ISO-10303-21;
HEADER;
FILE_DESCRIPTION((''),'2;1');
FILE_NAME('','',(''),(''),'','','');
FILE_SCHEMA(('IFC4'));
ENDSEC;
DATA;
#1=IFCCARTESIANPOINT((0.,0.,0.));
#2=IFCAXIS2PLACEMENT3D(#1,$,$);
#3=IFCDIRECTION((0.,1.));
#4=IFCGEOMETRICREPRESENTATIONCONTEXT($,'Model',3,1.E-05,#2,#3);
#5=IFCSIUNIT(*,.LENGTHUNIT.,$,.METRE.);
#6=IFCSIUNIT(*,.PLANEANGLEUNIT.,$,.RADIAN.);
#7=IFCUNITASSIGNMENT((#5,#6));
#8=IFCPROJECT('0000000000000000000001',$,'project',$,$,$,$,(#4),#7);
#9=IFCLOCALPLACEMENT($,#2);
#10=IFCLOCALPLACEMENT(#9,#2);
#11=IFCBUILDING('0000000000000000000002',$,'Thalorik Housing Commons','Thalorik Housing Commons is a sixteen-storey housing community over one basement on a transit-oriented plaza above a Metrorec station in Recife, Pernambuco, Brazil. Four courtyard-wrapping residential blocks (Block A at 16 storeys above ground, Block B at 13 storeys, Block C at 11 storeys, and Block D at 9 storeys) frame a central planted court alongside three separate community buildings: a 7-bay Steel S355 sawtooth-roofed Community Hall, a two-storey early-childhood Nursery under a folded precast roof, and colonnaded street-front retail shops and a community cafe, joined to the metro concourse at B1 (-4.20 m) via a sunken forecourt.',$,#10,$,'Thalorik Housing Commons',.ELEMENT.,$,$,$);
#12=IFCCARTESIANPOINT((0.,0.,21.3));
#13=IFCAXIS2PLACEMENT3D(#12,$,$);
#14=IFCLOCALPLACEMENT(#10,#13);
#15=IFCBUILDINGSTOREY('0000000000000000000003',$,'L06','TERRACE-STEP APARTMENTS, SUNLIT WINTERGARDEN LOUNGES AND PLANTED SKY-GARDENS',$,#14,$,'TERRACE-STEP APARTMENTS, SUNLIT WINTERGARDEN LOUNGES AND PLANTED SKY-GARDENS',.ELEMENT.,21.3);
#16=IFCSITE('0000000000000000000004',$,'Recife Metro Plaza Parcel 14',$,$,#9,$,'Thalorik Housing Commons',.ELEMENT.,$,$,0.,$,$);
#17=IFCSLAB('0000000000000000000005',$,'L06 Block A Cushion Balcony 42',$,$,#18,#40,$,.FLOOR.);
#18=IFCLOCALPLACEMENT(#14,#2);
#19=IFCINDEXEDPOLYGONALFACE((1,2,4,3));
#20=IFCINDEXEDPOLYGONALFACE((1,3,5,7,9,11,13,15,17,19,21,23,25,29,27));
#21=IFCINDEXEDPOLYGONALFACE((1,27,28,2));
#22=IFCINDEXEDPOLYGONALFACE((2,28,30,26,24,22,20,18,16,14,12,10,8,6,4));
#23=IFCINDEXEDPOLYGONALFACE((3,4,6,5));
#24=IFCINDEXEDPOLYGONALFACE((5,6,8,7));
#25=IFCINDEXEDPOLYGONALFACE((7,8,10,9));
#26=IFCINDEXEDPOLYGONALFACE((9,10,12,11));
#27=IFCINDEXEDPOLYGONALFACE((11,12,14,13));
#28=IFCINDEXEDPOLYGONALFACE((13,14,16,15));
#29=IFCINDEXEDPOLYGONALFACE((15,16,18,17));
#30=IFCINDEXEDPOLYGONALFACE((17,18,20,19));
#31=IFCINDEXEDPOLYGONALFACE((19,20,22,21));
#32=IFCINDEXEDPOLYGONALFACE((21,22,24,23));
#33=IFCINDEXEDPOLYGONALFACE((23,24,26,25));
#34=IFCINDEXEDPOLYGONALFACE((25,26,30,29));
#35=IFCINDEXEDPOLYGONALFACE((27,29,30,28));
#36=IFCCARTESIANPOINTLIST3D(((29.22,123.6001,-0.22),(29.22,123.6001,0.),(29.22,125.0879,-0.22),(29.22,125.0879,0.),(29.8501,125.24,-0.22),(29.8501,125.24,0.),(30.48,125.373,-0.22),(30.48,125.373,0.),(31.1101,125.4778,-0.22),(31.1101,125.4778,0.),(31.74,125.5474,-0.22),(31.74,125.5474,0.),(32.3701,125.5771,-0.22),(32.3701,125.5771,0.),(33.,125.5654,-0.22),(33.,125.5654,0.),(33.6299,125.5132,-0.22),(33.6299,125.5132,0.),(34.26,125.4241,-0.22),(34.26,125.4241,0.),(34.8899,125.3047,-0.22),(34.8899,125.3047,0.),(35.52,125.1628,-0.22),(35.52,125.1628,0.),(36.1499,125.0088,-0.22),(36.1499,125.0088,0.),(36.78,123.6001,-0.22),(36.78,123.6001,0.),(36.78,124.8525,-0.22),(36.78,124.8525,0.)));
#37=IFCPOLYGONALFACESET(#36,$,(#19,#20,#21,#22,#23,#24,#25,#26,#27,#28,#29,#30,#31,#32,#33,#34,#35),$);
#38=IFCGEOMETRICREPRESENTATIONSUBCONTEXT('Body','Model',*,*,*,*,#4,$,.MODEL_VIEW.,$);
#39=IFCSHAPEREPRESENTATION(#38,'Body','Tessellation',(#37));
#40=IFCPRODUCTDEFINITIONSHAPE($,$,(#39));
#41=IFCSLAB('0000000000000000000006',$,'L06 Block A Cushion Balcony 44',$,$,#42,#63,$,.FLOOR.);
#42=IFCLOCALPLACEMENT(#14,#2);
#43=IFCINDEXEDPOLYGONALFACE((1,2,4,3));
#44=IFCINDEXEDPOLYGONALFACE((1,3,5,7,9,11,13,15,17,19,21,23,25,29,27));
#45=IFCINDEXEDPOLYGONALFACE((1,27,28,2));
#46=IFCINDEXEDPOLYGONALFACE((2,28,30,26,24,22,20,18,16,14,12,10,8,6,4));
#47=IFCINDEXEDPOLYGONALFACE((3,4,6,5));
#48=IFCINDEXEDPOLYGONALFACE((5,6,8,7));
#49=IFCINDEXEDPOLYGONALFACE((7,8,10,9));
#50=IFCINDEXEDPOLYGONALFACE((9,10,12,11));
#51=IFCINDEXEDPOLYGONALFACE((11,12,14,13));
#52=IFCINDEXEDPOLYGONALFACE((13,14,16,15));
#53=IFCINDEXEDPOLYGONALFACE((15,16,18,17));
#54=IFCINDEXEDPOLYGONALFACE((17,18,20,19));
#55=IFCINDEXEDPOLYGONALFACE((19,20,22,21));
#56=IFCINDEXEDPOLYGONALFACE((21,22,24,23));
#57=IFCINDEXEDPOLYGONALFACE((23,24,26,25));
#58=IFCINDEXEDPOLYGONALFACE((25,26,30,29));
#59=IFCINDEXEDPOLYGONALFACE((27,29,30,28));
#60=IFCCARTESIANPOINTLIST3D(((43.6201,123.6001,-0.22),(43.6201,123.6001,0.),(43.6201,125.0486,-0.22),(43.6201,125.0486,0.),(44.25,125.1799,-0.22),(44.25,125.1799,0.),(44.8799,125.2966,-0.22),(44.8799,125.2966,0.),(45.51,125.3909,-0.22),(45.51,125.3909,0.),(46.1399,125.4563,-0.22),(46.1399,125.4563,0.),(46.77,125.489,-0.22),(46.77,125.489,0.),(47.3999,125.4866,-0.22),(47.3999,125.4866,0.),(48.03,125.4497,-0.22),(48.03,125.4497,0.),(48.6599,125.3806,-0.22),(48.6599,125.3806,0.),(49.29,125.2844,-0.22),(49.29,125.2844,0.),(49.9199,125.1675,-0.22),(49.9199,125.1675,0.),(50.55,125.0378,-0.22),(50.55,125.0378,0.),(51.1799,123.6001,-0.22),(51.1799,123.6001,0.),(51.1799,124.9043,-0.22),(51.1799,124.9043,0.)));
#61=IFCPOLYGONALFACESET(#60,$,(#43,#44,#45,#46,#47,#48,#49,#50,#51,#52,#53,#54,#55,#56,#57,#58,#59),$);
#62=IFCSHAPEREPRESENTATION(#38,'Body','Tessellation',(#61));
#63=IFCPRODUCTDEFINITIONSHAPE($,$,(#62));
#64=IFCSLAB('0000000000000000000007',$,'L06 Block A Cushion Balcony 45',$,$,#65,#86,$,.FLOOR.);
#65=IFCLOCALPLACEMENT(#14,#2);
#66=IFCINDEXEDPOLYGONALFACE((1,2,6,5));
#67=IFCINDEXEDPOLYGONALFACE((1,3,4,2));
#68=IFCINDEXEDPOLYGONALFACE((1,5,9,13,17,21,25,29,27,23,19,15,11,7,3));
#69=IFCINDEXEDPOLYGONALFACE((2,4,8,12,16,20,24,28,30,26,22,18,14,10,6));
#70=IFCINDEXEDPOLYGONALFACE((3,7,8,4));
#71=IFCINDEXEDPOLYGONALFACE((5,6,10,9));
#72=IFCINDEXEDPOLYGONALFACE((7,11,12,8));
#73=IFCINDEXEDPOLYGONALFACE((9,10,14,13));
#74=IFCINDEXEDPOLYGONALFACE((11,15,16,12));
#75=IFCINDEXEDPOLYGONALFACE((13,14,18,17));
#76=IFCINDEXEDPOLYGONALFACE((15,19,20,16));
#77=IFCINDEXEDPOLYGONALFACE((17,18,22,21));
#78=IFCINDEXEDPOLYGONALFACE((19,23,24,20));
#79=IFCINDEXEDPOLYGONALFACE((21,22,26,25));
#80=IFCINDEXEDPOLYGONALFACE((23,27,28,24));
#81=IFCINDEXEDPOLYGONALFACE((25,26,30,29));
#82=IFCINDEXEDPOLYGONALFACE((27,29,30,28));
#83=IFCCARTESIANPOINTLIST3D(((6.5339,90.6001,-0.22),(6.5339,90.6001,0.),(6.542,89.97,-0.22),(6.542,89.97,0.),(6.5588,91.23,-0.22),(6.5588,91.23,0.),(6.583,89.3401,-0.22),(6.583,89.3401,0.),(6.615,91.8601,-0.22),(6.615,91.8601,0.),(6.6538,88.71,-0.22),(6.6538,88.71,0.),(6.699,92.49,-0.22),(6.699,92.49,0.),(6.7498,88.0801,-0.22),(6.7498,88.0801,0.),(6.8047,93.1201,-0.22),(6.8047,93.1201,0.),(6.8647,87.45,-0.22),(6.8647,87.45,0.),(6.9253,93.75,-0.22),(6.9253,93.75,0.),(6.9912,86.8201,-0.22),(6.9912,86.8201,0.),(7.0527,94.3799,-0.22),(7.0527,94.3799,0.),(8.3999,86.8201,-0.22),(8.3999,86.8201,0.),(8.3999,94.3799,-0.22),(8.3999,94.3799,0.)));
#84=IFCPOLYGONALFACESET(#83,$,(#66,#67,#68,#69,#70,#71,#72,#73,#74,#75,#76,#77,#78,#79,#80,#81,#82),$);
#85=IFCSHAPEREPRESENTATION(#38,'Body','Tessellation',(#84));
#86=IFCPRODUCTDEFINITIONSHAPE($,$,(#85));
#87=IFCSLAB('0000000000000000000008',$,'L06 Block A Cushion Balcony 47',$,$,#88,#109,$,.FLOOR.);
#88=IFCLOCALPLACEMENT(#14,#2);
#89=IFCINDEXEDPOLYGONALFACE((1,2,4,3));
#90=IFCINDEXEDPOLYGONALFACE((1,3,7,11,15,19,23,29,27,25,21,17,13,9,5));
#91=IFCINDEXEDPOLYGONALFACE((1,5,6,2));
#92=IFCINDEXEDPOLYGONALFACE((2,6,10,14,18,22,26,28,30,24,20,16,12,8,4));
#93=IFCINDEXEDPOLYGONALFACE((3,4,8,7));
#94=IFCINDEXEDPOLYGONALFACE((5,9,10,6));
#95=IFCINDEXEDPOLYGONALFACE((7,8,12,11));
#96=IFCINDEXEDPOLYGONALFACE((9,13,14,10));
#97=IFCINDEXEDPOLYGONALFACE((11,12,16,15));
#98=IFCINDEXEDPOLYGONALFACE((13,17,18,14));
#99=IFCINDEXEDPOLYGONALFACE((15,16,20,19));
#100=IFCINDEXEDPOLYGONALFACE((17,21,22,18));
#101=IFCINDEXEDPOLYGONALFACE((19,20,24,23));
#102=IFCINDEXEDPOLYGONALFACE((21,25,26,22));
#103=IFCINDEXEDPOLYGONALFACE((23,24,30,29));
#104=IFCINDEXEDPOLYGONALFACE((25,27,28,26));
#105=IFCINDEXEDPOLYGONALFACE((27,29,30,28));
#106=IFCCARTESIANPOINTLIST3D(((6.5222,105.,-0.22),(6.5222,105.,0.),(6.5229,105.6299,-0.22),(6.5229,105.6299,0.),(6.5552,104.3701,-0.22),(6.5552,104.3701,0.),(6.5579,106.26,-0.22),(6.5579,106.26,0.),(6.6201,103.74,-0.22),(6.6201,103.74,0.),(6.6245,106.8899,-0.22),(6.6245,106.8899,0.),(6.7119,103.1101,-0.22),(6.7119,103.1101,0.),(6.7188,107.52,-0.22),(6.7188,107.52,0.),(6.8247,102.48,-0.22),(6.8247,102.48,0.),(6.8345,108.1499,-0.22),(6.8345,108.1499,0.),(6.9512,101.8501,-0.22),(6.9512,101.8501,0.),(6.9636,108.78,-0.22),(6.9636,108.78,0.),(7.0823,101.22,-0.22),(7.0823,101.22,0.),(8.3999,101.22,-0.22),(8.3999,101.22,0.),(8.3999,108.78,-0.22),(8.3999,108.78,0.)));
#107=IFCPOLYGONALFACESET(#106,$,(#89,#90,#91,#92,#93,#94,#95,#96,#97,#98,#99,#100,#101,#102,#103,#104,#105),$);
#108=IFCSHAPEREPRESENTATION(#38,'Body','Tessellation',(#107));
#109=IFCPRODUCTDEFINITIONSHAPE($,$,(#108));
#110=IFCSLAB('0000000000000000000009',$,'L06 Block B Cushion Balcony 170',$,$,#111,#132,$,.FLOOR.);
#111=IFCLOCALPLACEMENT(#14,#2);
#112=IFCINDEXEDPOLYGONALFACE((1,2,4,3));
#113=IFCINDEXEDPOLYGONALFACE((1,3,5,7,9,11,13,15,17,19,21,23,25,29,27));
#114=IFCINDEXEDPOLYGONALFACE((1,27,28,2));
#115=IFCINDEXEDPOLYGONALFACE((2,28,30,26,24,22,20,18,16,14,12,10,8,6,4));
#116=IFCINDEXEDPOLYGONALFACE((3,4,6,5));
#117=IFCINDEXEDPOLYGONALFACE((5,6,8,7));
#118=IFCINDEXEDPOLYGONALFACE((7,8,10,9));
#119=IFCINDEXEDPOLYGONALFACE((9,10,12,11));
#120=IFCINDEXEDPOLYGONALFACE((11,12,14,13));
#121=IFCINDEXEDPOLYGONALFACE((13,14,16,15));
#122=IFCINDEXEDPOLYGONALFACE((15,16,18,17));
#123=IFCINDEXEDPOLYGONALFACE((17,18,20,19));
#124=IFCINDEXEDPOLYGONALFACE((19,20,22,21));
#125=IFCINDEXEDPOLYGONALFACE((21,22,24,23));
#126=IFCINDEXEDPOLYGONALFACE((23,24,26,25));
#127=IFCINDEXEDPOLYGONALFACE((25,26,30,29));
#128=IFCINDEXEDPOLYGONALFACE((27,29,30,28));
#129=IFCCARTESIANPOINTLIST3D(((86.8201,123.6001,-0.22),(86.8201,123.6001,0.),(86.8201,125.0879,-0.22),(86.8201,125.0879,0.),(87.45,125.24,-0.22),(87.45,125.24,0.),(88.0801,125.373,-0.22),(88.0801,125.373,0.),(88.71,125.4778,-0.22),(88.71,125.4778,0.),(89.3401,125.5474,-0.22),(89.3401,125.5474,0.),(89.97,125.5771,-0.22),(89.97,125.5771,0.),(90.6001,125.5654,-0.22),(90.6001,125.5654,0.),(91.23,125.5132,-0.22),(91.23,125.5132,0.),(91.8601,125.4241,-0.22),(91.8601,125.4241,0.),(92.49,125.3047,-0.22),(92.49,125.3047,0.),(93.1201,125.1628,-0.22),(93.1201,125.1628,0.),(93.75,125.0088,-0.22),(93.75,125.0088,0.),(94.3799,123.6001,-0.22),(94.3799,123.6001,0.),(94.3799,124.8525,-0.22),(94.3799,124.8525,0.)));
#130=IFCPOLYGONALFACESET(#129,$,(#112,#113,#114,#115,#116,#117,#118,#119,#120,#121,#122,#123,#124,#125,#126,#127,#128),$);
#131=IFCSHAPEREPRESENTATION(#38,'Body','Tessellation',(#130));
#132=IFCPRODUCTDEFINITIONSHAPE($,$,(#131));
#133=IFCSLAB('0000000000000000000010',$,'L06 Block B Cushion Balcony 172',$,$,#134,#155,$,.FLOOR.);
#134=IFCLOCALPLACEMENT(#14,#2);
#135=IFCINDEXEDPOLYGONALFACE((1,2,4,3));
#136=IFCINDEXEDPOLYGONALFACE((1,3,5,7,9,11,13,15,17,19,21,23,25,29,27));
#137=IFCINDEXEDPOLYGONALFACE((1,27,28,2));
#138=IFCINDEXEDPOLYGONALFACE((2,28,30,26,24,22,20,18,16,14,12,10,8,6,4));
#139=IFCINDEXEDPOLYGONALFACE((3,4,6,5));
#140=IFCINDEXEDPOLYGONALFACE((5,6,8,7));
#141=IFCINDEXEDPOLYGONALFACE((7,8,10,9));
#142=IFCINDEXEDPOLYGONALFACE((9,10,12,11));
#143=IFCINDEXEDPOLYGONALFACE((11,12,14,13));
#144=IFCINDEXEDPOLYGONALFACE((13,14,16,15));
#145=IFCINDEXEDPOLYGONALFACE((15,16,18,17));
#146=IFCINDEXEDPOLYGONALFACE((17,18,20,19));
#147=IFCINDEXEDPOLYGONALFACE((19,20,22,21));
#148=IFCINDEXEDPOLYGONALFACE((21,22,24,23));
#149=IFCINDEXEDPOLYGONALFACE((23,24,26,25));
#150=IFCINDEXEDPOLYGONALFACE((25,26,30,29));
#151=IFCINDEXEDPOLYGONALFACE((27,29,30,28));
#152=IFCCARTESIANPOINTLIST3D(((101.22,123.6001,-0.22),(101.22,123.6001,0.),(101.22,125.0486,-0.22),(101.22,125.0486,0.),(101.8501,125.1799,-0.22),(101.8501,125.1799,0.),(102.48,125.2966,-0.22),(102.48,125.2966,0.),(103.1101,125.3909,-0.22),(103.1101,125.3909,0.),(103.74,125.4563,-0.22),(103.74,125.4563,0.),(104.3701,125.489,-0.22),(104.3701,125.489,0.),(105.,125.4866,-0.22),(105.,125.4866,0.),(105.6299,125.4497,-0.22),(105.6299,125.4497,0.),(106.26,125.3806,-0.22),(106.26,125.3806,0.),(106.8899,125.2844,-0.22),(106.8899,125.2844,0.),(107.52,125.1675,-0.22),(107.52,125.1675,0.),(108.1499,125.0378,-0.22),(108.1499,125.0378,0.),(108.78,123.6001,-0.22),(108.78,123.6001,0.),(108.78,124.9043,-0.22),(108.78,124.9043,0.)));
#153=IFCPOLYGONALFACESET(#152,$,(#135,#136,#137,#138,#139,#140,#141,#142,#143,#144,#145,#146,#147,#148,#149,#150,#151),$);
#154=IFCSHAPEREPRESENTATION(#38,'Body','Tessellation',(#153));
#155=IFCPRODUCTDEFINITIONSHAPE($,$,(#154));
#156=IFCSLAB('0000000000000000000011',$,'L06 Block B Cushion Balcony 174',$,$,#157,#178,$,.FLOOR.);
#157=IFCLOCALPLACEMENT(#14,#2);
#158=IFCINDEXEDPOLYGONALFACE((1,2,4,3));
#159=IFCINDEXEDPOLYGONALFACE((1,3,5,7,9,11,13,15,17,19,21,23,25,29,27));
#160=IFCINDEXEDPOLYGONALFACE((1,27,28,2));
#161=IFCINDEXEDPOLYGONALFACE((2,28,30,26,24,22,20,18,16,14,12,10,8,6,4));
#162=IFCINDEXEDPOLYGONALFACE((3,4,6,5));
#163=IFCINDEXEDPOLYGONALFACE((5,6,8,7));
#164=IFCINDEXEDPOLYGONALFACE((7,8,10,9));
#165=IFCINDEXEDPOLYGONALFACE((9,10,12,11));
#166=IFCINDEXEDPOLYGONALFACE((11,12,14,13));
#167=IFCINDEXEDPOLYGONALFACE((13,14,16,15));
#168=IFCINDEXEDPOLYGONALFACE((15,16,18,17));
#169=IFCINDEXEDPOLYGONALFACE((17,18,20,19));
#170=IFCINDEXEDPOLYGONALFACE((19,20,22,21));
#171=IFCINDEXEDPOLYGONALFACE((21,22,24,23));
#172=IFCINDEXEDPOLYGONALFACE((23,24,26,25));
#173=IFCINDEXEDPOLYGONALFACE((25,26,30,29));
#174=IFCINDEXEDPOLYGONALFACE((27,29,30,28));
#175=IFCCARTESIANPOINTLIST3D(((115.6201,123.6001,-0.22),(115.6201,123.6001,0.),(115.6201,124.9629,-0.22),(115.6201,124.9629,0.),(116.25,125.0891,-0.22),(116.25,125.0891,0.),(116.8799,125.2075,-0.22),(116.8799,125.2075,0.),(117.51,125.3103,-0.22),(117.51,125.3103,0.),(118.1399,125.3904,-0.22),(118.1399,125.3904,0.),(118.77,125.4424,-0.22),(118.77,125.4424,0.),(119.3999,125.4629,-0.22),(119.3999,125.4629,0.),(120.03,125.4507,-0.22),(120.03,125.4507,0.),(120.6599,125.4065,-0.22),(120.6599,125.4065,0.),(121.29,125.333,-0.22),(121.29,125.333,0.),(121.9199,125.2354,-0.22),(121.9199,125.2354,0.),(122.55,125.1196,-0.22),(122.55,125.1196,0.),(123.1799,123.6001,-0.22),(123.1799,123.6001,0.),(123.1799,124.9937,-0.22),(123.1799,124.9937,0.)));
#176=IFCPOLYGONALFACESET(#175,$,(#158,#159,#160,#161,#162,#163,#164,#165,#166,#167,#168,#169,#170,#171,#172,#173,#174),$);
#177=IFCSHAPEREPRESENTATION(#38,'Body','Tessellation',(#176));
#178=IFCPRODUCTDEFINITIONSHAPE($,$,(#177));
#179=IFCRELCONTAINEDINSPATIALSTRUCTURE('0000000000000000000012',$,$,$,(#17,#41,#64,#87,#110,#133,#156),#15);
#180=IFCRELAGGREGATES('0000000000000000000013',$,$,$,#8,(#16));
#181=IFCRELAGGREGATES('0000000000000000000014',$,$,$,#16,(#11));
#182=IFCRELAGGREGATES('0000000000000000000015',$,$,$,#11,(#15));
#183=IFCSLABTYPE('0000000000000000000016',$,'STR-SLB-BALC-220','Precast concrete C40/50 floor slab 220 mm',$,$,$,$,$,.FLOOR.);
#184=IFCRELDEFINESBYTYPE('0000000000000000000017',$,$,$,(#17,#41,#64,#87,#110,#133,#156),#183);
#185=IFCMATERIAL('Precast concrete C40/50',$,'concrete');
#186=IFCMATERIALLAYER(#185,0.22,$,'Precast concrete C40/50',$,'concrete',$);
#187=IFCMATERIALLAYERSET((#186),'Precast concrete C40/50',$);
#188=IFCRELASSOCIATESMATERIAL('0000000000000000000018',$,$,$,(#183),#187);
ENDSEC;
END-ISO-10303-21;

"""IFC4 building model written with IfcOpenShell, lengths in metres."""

from ifc_helpers import new_model, si_unit, direction, frame, origin, place, context, subcontext, project, spatial, polyline, outline, extrude, material, layer, layer_set, type_object, element, save


model = new_model("IFC4")

# Units and contexts
model_context = context("Model", 3, precision=1e-05, world=origin(), true_north=direction((0.0, 1.0)))
body_context = subcontext(model_context, "Body", "Model", "MODEL_VIEW")
ifc_project = project(units=[si_unit("LENGTHUNIT", "METRE"), si_unit("PLANEANGLEUNIT", "RADIAN")], contexts=[model_context])

# Site, building, storey
site_placement = place(None, origin())
site = spatial("IfcSite", under=ifc_project, at=site_placement, Name="Recife Metro Plaza Parcel 14", LongName="Thalorik Housing Commons", CompositionType="ELEMENT", RefElevation=0.0)
building_placement = place(site_placement, origin())
building = spatial("IfcBuilding", under=site, at=building_placement, Name="Thalorik Housing Commons", Description="Thalorik Housing Commons is a sixteen-storey housing community over one basement on a transit-oriented plaza above a Metrorec station in Recife, Pernambuco, Brazil. Four courtyard-wrapping residential blocks (Block A at 16 storeys above ground, Block B at 13 storeys, Block C at 11 storeys, and Block D at 9 storeys) frame a central planted court alongside three separate community buildings: a 7-bay Steel S355 sawtooth-roofed Community Hall, a two-storey early-childhood Nursery under a folded precast roof, and colonnaded street-front retail shops and a community cafe, joined to the metro concourse at B1 (-4.20 m) via a sunken forecourt.", LongName="Thalorik Housing Commons", CompositionType="ELEMENT")
storey_placement = place(building_placement, frame((0.0, 0.0, 21.3)))
storey = spatial("IfcBuildingStorey", under=building, at=storey_placement, Name="L06", Description="TERRACE-STEP APARTMENTS, SUNLIT WINTERGARDEN LOUNGES AND PLANTED SKY-GARDENS", LongName="TERRACE-STEP APARTMENTS, SUNLIT WINTERGARDEN LOUNGES AND PLANTED SKY-GARDENS", CompositionType="ELEMENT", Elevation=21.3)

# Slabs
ifc_material_1 = material(Name="Precast concrete C40/50", Category="concrete")
ifc_layer_1 = layer(ifc_material_1, 0.22, Name="Precast concrete C40/50", Category="concrete")
ifc_layer_set_1 = layer_set([ifc_layer_1], Name="Precast concrete C40/50")
slab_type_1 = type_object("IfcSlabType", Name="STR-SLB-BALC-220", Description="Precast concrete C40/50 floor slab 220 mm", PredefinedType="FLOOR", material=ifc_layer_set_1)
slab_1_placement = place(storey_placement, frame((0.0, 0.0, -0.22)))
element("IfcSlab", 1, at=slab_1_placement, inside=storey, type_object=slab_type_1, Name="L06 Block A Cushion Balcony 42", PredefinedType="FLOOR", context=body_context, shape_type="SweptSolid", body=[
    extrude(outline(polyline([(29.22, 123.6001), (36.78, 123.6001), (36.78, 124.8525), (36.1499, 125.0088), (35.52, 125.1628), (34.8899, 125.3047), (34.26, 125.4241), (33.6299, 125.5132), (33.0, 125.5654), (32.3701, 125.5771), (31.74, 125.5474), (31.1101, 125.4778), (30.48, 125.373), (29.8501, 125.24), (29.22, 125.0879), (29.22, 123.6001)])), origin(), (0.0, 0.0, 1.0), 0.22),
])
slab_2_placement = place(storey_placement, frame((0.0, 0.0, -0.22)))
element("IfcSlab", 2, at=slab_2_placement, inside=storey, type_object=slab_type_1, Name="L06 Block A Cushion Balcony 44", PredefinedType="FLOOR", context=body_context, shape_type="SweptSolid", body=[
    extrude(outline(polyline([(43.6201, 123.6001), (51.1799, 123.6001), (51.1799, 124.9043), (50.55, 125.0378), (49.9199, 125.1675), (49.29, 125.2844), (48.6599, 125.3806), (48.03, 125.4497), (47.3999, 125.4866), (46.77, 125.489), (46.1399, 125.4563), (45.51, 125.3909), (44.8799, 125.2966), (44.25, 125.1799), (43.6201, 125.0486), (43.6201, 123.6001)])), origin(), (0.0, 0.0, 1.0), 0.22),
])
slab_3_placement = place(storey_placement, frame((0.0, 0.0, -0.22)))
element("IfcSlab", 3, at=slab_3_placement, inside=storey, type_object=slab_type_1, Name="L06 Block A Cushion Balcony 45", PredefinedType="FLOOR", context=body_context, shape_type="SweptSolid", body=[
    extrude(outline(polyline([(8.3999, 86.8201), (8.3999, 94.3799), (7.0527, 94.3799), (6.9253, 93.75), (6.8047, 93.1201), (6.699, 92.49), (6.615, 91.8601), (6.5588, 91.23), (6.5339, 90.6001), (6.542, 89.97), (6.583, 89.3401), (6.6538, 88.71), (6.7498, 88.0801), (6.8647, 87.45), (6.9912, 86.8201), (8.3999, 86.8201)])), origin(), (0.0, 0.0, 1.0), 0.22),
])
slab_4_placement = place(storey_placement, frame((0.0, 0.0, -0.22)))
element("IfcSlab", 4, at=slab_4_placement, inside=storey, type_object=slab_type_1, Name="L06 Block A Cushion Balcony 47", PredefinedType="FLOOR", context=body_context, shape_type="SweptSolid", body=[
    extrude(outline(polyline([(8.3999, 101.22), (8.3999, 108.78), (6.9636, 108.78), (6.8345, 108.1499), (6.7188, 107.52), (6.6245, 106.8899), (6.5579, 106.26), (6.5229, 105.6299), (6.5222, 105.0), (6.5552, 104.3701), (6.6201, 103.74), (6.7119, 103.1101), (6.8247, 102.48), (6.9512, 101.8501), (7.0823, 101.22), (8.3999, 101.22)])), origin(), (0.0, 0.0, 1.0), 0.22),
])
slab_5_placement = place(storey_placement, frame((0.0, 0.0, -0.22)))
element("IfcSlab", 5, at=slab_5_placement, inside=storey, type_object=slab_type_1, Name="L06 Block B Cushion Balcony 170", PredefinedType="FLOOR", context=body_context, shape_type="SweptSolid", body=[
    extrude(outline(polyline([(86.8201, 123.6001), (94.3799, 123.6001), (94.3799, 124.8525), (93.75, 125.0088), (93.1201, 125.1628), (92.49, 125.3047), (91.8601, 125.4241), (91.23, 125.5132), (90.6001, 125.5654), (89.97, 125.5771), (89.3401, 125.5474), (88.71, 125.4778), (88.0801, 125.373), (87.45, 125.24), (86.8201, 125.0879), (86.8201, 123.6001)])), origin(), (0.0, 0.0, 1.0), 0.22),
])
slab_6_placement = place(storey_placement, frame((0.0, 0.0, -0.22)))
element("IfcSlab", 6, at=slab_6_placement, inside=storey, type_object=slab_type_1, Name="L06 Block B Cushion Balcony 172", PredefinedType="FLOOR", context=body_context, shape_type="SweptSolid", body=[
    extrude(outline(polyline([(101.22, 123.6001), (108.78, 123.6001), (108.78, 124.9043), (108.1499, 125.0378), (107.52, 125.1675), (106.8899, 125.2844), (106.26, 125.3806), (105.6299, 125.4497), (105.0, 125.4866), (104.3701, 125.489), (103.74, 125.4563), (103.1101, 125.3909), (102.48, 125.2966), (101.8501, 125.1799), (101.22, 125.0486), (101.22, 123.6001)])), origin(), (0.0, 0.0, 1.0), 0.22),
])
slab_7_placement = place(storey_placement, frame((0.0, 0.0, -0.22)))
element("IfcSlab", 7, at=slab_7_placement, inside=storey, type_object=slab_type_1, Name="L06 Block B Cushion Balcony 174", PredefinedType="FLOOR", context=body_context, shape_type="SweptSolid", body=[
    extrude(outline(polyline([(115.6201, 123.6001), (123.1799, 123.6001), (123.1799, 124.9937), (122.55, 125.1196), (121.9199, 125.2354), (121.29, 125.333), (120.6599, 125.4065), (120.03, 125.4507), (119.3999, 125.4629), (118.77, 125.4424), (118.1399, 125.3904), (117.51, 125.3103), (116.8799, 125.2075), (116.25, 125.0891), (115.6201, 124.9629), (115.6201, 123.6001)])), origin(), (0.0, 0.0, 1.0), 0.22),
])

save(model, "model.ifc")
